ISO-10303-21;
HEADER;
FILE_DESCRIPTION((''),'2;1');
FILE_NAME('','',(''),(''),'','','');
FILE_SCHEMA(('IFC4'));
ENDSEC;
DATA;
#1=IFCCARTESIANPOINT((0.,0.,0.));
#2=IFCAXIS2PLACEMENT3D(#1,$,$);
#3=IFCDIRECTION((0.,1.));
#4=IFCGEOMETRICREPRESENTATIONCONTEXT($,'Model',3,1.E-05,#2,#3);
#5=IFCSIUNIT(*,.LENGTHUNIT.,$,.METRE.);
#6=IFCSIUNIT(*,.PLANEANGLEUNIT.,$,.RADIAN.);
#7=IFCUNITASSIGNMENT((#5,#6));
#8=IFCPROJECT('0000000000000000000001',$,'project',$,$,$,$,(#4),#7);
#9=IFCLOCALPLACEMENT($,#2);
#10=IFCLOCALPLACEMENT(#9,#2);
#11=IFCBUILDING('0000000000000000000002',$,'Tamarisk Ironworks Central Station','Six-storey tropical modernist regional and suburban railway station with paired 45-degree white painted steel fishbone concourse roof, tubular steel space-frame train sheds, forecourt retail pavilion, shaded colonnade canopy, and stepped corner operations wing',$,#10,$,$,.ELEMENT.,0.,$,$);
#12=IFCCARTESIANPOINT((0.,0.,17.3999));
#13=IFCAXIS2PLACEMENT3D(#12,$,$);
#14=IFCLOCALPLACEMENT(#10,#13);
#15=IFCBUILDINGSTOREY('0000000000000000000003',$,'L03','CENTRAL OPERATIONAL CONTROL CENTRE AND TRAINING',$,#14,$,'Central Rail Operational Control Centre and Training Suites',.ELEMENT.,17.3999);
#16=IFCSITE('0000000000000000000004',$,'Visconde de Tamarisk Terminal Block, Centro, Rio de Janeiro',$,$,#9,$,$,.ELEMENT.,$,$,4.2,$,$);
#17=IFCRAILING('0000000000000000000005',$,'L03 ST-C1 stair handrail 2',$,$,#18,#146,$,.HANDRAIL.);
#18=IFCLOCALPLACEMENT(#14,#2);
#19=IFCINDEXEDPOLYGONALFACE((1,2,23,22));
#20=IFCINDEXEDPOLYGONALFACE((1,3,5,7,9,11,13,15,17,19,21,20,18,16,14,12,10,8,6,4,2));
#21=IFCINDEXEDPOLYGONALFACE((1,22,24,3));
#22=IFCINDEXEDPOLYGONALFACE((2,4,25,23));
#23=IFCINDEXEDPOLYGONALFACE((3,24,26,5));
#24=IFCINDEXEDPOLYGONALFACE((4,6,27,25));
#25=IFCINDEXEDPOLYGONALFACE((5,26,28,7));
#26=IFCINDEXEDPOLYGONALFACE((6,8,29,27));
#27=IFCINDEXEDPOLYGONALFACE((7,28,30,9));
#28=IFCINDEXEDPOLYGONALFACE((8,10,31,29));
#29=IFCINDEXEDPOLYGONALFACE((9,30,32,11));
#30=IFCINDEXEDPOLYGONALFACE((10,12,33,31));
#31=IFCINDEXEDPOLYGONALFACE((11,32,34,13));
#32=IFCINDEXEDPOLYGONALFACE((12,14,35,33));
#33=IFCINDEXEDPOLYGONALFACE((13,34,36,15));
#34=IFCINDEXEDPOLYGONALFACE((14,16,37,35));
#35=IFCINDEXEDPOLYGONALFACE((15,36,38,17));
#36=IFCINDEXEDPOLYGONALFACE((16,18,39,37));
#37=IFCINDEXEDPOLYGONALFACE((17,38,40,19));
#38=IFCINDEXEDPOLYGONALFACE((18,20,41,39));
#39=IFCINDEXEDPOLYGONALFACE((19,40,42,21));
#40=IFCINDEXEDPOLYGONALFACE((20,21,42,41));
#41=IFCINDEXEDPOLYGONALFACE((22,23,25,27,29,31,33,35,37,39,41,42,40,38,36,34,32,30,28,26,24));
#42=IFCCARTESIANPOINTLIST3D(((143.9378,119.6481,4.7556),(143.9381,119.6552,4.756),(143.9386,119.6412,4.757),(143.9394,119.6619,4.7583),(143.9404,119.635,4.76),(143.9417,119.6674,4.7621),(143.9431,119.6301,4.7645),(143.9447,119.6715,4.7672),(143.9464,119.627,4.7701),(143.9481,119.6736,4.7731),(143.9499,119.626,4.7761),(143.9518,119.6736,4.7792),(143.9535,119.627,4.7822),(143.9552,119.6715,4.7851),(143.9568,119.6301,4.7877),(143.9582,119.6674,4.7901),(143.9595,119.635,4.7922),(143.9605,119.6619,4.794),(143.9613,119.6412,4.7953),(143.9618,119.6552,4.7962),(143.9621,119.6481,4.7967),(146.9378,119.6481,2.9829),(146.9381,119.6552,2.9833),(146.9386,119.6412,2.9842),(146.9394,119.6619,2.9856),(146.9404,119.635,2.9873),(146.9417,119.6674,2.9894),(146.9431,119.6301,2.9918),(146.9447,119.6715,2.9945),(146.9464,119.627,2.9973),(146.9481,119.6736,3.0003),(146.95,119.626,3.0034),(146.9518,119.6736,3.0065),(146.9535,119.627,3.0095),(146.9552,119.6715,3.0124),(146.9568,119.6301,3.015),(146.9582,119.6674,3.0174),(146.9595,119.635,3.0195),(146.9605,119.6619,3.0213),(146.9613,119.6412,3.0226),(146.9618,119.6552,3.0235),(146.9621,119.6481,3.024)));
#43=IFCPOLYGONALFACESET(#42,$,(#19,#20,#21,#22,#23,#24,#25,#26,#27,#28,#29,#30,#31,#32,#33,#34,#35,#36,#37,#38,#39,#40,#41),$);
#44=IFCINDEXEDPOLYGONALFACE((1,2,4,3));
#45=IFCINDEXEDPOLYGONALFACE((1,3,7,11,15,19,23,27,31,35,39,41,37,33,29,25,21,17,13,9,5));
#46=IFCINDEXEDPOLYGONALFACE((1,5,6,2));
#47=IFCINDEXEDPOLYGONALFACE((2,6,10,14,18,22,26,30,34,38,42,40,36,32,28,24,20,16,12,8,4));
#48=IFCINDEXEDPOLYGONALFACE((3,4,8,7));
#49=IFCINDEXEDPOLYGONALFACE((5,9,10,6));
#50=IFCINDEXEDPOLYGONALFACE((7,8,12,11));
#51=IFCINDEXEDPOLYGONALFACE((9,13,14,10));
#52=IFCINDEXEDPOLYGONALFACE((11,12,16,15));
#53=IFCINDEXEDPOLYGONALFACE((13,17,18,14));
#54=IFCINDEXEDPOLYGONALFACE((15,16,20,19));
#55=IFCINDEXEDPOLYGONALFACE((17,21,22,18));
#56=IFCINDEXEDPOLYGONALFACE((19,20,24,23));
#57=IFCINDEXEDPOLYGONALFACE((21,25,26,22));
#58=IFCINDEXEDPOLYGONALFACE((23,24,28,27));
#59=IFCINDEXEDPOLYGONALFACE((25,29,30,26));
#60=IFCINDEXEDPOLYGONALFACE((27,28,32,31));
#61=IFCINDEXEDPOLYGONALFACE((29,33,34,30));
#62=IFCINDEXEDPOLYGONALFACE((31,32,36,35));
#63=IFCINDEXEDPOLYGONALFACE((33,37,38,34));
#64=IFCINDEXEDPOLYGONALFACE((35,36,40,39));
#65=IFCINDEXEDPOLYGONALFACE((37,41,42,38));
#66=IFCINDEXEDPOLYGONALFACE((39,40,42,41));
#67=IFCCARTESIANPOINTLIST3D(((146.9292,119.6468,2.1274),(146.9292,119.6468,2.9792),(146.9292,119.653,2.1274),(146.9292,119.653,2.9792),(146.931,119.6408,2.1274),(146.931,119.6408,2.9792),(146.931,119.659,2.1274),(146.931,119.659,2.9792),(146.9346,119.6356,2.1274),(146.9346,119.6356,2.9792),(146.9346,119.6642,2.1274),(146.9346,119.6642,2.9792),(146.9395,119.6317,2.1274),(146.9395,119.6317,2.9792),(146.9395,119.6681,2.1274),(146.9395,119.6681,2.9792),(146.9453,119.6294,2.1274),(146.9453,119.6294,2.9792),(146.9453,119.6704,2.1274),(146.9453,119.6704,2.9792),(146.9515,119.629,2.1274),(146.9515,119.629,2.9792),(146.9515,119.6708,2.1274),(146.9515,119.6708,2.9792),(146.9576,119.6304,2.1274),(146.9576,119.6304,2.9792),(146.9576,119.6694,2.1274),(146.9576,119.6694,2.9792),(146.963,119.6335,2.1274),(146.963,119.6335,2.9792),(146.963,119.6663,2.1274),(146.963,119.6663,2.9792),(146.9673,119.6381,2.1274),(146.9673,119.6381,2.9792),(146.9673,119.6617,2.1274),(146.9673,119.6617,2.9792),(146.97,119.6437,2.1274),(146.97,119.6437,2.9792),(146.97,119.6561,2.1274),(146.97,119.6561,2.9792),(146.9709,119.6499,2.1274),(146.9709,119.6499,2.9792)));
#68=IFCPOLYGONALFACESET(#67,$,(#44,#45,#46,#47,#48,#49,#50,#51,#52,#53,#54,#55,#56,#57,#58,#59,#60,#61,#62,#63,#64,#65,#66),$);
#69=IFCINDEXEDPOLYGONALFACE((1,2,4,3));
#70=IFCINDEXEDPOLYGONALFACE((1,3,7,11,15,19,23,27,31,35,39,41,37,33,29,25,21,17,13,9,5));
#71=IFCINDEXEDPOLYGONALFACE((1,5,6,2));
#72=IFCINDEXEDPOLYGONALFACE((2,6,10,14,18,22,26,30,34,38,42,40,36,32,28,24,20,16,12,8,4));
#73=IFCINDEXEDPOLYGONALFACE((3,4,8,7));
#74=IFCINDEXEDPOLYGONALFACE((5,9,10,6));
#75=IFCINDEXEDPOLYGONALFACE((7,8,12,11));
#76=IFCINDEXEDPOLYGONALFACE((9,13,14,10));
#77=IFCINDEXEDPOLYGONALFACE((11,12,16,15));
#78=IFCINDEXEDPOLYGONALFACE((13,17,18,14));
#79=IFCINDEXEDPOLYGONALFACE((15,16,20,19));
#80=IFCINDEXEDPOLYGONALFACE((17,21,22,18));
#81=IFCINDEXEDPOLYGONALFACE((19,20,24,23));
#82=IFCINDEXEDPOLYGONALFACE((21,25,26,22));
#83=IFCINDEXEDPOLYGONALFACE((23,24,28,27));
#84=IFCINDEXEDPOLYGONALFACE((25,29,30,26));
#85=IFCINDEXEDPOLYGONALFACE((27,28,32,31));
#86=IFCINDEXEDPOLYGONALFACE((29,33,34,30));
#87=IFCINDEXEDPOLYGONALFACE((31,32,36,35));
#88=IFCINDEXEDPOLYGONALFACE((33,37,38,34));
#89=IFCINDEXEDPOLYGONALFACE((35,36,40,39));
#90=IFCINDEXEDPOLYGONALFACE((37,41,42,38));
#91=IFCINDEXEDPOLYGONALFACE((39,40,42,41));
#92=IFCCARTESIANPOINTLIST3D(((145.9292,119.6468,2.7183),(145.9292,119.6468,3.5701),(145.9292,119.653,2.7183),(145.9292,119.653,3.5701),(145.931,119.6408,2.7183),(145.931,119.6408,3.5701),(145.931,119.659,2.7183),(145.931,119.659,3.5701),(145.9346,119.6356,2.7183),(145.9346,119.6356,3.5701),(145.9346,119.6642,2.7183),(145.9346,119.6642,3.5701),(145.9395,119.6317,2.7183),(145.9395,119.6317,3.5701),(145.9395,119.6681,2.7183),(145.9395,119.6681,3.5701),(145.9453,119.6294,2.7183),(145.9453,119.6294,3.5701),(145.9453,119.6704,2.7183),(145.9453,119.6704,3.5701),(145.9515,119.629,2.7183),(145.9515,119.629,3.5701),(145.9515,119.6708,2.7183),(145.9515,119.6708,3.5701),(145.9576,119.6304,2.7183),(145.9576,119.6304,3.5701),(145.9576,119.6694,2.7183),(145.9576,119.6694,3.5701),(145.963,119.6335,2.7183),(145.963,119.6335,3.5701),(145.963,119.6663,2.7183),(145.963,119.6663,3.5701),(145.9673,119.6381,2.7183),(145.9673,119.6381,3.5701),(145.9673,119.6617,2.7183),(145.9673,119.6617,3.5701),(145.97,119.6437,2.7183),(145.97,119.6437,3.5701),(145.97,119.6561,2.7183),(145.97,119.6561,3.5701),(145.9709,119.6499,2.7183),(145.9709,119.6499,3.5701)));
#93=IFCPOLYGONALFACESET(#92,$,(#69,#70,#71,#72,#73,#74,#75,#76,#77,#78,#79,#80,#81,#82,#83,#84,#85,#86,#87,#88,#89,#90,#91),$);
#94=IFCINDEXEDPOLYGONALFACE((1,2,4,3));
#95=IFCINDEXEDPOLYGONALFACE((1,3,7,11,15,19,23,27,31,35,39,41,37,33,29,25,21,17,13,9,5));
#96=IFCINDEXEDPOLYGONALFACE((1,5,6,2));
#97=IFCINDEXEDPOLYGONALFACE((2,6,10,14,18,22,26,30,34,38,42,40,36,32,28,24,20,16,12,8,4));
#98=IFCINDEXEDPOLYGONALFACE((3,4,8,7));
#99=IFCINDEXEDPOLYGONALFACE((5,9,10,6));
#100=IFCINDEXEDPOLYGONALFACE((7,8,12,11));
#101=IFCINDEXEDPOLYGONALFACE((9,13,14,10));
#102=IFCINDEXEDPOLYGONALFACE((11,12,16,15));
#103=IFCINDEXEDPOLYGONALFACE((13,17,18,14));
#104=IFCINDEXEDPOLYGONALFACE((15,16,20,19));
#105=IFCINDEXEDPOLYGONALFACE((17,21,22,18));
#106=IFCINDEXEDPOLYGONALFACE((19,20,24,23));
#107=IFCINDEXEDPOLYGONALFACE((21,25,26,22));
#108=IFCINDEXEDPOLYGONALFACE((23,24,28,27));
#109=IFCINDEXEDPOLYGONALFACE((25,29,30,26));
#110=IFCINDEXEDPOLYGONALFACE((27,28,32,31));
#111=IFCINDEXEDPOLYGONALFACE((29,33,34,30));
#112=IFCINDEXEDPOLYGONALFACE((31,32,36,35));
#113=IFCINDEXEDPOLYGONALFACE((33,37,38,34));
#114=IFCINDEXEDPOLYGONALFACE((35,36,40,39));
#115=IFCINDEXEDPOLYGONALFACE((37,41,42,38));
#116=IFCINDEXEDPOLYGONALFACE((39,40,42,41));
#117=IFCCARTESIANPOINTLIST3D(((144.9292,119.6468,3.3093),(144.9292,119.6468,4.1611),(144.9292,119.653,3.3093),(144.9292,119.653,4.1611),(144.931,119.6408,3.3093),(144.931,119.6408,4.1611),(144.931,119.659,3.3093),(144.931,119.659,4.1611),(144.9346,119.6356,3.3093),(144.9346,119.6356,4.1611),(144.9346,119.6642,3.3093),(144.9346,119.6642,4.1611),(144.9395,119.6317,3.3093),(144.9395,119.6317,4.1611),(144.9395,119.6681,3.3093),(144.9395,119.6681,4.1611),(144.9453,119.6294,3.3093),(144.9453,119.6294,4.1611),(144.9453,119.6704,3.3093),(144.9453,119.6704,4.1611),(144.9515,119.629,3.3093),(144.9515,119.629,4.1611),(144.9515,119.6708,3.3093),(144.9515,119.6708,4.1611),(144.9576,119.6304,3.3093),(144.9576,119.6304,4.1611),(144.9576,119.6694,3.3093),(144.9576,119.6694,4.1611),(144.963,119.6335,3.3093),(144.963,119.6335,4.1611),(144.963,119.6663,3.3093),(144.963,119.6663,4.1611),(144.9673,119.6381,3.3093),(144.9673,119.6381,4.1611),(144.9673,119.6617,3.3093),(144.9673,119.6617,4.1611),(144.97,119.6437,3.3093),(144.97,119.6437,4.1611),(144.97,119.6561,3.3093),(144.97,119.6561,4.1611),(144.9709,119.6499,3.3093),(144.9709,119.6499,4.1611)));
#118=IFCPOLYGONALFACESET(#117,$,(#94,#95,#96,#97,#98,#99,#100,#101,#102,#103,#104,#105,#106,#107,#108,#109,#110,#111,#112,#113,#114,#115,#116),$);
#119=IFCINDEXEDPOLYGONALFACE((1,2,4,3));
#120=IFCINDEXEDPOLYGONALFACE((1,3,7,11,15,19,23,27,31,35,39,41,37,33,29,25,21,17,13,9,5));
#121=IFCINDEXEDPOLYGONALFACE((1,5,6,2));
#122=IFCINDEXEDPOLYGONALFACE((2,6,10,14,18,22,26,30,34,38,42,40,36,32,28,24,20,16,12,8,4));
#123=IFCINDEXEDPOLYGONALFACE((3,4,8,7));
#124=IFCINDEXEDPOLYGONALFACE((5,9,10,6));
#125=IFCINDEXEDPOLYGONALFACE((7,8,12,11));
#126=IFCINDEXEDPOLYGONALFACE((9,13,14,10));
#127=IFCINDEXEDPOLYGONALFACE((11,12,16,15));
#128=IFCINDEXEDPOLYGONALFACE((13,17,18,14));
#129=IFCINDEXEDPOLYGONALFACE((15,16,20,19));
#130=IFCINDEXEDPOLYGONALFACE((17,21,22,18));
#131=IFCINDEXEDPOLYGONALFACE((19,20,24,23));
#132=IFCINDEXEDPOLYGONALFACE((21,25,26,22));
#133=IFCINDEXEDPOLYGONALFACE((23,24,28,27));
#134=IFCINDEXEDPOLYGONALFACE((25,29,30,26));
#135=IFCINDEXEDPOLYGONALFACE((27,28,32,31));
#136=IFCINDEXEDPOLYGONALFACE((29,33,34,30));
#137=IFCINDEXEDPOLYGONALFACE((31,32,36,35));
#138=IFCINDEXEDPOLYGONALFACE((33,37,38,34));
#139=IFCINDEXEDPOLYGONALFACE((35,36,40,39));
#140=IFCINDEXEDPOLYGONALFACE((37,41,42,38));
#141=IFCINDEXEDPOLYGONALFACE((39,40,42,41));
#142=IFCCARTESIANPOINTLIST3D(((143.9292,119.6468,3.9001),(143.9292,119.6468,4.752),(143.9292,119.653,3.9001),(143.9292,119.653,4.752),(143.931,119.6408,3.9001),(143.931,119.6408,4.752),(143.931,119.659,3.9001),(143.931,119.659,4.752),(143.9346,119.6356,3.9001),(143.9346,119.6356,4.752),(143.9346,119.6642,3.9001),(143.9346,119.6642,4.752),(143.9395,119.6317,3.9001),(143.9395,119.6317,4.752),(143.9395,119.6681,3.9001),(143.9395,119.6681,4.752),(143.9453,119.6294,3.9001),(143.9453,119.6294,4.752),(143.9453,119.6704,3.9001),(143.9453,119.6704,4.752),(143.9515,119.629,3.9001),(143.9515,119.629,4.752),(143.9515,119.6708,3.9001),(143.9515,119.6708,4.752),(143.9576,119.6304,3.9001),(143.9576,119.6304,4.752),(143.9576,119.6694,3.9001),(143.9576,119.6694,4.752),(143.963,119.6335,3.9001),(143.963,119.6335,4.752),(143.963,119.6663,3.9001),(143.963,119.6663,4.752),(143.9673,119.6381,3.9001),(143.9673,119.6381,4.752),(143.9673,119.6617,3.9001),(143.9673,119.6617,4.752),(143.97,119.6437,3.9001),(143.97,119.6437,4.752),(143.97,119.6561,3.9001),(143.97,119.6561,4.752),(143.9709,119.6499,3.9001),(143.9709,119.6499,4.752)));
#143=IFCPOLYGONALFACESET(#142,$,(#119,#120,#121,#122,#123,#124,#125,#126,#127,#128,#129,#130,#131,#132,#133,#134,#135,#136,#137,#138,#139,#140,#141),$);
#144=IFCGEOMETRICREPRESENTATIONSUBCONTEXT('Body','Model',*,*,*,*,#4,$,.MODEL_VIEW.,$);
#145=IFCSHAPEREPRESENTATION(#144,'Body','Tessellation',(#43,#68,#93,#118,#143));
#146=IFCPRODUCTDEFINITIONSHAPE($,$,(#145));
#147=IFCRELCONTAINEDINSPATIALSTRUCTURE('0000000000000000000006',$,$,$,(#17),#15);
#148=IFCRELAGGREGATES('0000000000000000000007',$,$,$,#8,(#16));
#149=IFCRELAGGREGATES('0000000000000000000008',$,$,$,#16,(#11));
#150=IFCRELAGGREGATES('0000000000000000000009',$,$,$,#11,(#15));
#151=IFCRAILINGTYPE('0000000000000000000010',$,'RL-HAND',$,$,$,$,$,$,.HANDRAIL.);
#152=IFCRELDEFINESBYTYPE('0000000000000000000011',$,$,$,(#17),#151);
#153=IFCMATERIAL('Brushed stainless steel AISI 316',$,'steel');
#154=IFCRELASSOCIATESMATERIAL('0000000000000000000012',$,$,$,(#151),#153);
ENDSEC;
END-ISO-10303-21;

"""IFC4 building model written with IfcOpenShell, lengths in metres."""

from ifc_helpers import new_model, si_unit, direction, frame, origin, origin_2d, place, context, subcontext, project, spatial, circle, extrude, material, type_object, element, save


model = new_model("IFC4")

# Units and contexts
model_context = context("Model", 3, precision=1e-05, world=origin(), true_north=direction((0.0, 1.0)))
body_context = subcontext(model_context, "Body", "Model", "MODEL_VIEW")
ifc_project = project(units=[si_unit("LENGTHUNIT", "METRE"), si_unit("PLANEANGLEUNIT", "RADIAN")], contexts=[model_context])

# Site, building, storey
site_placement = place(None, origin())
site = spatial("IfcSite", under=ifc_project, at=site_placement, Name="Visconde de Tamarisk Terminal Block, Centro, Rio de Janeiro", CompositionType="ELEMENT", RefElevation=4.2)
building_placement = place(site_placement, origin())
building = spatial("IfcBuilding", under=site, at=building_placement, Name="Tamarisk Ironworks Central Station", Description="Six-storey tropical modernist regional and suburban railway station with paired 45-degree white painted steel fishbone concourse roof, tubular steel space-frame train sheds, forecourt retail pavilion, shaded colonnade canopy, and stepped corner operations wing", CompositionType="ELEMENT", ElevationOfRefHeight=0.0)
storey_placement = place(building_placement, frame((0.0, 0.0, 17.3999)))
storey = spatial("IfcBuildingStorey", under=building, at=storey_placement, Name="L03", Description="CENTRAL OPERATIONAL CONTROL CENTRE AND TRAINING", LongName="Central Rail Operational Control Centre and Training Suites", CompositionType="ELEMENT", Elevation=17.3999)

# Railing
ifc_material_1 = material(Name="Brushed stainless steel AISI 316", Category="steel")
railing_type_1 = type_object("IfcRailingType", Name="RL-HAND", PredefinedType="HANDRAIL", material=ifc_material_1)
railing_1_placement = place(storey_placement, frame((146.95, 119.6499, 2.1274)))
element("IfcRailing", 1, at=railing_1_placement, inside=storey, type_object=railing_type_1, Name="L03 ST-C1 stair handrail 2", PredefinedType="HANDRAIL", context=body_context, shape_type="SweptSolid", body=[
    extrude(circle(Radius=0.0239, at=origin_2d()), frame((0.0, 0.0, 0.876), z_axis=(-0.860929, 0.0, 0.508725), x_axis=(0.0, -1.0, 0.0)), (0.0, 0.0, 1.0), 3.4846),
    extrude(circle(Radius=0.021, at=origin_2d()), origin(), (0.0, 0.0, 1.0), 0.8518),
    extrude(circle(Radius=0.021, at=origin_2d()), frame((-1.0, 0.0, 0.5908)), (0.0, 0.0, 1.0), 0.8518),
    extrude(circle(Radius=0.021, at=origin_2d()), frame((-2.0, 0.0, 1.1819)), (0.0, 0.0, 1.0), 0.8518),
    extrude(circle(Radius=0.021, at=origin_2d()), frame((-3.0, 0.0, 1.7727)), (0.0, 0.0, 1.0), 0.8518),
])

save(model, "model.ifc")
